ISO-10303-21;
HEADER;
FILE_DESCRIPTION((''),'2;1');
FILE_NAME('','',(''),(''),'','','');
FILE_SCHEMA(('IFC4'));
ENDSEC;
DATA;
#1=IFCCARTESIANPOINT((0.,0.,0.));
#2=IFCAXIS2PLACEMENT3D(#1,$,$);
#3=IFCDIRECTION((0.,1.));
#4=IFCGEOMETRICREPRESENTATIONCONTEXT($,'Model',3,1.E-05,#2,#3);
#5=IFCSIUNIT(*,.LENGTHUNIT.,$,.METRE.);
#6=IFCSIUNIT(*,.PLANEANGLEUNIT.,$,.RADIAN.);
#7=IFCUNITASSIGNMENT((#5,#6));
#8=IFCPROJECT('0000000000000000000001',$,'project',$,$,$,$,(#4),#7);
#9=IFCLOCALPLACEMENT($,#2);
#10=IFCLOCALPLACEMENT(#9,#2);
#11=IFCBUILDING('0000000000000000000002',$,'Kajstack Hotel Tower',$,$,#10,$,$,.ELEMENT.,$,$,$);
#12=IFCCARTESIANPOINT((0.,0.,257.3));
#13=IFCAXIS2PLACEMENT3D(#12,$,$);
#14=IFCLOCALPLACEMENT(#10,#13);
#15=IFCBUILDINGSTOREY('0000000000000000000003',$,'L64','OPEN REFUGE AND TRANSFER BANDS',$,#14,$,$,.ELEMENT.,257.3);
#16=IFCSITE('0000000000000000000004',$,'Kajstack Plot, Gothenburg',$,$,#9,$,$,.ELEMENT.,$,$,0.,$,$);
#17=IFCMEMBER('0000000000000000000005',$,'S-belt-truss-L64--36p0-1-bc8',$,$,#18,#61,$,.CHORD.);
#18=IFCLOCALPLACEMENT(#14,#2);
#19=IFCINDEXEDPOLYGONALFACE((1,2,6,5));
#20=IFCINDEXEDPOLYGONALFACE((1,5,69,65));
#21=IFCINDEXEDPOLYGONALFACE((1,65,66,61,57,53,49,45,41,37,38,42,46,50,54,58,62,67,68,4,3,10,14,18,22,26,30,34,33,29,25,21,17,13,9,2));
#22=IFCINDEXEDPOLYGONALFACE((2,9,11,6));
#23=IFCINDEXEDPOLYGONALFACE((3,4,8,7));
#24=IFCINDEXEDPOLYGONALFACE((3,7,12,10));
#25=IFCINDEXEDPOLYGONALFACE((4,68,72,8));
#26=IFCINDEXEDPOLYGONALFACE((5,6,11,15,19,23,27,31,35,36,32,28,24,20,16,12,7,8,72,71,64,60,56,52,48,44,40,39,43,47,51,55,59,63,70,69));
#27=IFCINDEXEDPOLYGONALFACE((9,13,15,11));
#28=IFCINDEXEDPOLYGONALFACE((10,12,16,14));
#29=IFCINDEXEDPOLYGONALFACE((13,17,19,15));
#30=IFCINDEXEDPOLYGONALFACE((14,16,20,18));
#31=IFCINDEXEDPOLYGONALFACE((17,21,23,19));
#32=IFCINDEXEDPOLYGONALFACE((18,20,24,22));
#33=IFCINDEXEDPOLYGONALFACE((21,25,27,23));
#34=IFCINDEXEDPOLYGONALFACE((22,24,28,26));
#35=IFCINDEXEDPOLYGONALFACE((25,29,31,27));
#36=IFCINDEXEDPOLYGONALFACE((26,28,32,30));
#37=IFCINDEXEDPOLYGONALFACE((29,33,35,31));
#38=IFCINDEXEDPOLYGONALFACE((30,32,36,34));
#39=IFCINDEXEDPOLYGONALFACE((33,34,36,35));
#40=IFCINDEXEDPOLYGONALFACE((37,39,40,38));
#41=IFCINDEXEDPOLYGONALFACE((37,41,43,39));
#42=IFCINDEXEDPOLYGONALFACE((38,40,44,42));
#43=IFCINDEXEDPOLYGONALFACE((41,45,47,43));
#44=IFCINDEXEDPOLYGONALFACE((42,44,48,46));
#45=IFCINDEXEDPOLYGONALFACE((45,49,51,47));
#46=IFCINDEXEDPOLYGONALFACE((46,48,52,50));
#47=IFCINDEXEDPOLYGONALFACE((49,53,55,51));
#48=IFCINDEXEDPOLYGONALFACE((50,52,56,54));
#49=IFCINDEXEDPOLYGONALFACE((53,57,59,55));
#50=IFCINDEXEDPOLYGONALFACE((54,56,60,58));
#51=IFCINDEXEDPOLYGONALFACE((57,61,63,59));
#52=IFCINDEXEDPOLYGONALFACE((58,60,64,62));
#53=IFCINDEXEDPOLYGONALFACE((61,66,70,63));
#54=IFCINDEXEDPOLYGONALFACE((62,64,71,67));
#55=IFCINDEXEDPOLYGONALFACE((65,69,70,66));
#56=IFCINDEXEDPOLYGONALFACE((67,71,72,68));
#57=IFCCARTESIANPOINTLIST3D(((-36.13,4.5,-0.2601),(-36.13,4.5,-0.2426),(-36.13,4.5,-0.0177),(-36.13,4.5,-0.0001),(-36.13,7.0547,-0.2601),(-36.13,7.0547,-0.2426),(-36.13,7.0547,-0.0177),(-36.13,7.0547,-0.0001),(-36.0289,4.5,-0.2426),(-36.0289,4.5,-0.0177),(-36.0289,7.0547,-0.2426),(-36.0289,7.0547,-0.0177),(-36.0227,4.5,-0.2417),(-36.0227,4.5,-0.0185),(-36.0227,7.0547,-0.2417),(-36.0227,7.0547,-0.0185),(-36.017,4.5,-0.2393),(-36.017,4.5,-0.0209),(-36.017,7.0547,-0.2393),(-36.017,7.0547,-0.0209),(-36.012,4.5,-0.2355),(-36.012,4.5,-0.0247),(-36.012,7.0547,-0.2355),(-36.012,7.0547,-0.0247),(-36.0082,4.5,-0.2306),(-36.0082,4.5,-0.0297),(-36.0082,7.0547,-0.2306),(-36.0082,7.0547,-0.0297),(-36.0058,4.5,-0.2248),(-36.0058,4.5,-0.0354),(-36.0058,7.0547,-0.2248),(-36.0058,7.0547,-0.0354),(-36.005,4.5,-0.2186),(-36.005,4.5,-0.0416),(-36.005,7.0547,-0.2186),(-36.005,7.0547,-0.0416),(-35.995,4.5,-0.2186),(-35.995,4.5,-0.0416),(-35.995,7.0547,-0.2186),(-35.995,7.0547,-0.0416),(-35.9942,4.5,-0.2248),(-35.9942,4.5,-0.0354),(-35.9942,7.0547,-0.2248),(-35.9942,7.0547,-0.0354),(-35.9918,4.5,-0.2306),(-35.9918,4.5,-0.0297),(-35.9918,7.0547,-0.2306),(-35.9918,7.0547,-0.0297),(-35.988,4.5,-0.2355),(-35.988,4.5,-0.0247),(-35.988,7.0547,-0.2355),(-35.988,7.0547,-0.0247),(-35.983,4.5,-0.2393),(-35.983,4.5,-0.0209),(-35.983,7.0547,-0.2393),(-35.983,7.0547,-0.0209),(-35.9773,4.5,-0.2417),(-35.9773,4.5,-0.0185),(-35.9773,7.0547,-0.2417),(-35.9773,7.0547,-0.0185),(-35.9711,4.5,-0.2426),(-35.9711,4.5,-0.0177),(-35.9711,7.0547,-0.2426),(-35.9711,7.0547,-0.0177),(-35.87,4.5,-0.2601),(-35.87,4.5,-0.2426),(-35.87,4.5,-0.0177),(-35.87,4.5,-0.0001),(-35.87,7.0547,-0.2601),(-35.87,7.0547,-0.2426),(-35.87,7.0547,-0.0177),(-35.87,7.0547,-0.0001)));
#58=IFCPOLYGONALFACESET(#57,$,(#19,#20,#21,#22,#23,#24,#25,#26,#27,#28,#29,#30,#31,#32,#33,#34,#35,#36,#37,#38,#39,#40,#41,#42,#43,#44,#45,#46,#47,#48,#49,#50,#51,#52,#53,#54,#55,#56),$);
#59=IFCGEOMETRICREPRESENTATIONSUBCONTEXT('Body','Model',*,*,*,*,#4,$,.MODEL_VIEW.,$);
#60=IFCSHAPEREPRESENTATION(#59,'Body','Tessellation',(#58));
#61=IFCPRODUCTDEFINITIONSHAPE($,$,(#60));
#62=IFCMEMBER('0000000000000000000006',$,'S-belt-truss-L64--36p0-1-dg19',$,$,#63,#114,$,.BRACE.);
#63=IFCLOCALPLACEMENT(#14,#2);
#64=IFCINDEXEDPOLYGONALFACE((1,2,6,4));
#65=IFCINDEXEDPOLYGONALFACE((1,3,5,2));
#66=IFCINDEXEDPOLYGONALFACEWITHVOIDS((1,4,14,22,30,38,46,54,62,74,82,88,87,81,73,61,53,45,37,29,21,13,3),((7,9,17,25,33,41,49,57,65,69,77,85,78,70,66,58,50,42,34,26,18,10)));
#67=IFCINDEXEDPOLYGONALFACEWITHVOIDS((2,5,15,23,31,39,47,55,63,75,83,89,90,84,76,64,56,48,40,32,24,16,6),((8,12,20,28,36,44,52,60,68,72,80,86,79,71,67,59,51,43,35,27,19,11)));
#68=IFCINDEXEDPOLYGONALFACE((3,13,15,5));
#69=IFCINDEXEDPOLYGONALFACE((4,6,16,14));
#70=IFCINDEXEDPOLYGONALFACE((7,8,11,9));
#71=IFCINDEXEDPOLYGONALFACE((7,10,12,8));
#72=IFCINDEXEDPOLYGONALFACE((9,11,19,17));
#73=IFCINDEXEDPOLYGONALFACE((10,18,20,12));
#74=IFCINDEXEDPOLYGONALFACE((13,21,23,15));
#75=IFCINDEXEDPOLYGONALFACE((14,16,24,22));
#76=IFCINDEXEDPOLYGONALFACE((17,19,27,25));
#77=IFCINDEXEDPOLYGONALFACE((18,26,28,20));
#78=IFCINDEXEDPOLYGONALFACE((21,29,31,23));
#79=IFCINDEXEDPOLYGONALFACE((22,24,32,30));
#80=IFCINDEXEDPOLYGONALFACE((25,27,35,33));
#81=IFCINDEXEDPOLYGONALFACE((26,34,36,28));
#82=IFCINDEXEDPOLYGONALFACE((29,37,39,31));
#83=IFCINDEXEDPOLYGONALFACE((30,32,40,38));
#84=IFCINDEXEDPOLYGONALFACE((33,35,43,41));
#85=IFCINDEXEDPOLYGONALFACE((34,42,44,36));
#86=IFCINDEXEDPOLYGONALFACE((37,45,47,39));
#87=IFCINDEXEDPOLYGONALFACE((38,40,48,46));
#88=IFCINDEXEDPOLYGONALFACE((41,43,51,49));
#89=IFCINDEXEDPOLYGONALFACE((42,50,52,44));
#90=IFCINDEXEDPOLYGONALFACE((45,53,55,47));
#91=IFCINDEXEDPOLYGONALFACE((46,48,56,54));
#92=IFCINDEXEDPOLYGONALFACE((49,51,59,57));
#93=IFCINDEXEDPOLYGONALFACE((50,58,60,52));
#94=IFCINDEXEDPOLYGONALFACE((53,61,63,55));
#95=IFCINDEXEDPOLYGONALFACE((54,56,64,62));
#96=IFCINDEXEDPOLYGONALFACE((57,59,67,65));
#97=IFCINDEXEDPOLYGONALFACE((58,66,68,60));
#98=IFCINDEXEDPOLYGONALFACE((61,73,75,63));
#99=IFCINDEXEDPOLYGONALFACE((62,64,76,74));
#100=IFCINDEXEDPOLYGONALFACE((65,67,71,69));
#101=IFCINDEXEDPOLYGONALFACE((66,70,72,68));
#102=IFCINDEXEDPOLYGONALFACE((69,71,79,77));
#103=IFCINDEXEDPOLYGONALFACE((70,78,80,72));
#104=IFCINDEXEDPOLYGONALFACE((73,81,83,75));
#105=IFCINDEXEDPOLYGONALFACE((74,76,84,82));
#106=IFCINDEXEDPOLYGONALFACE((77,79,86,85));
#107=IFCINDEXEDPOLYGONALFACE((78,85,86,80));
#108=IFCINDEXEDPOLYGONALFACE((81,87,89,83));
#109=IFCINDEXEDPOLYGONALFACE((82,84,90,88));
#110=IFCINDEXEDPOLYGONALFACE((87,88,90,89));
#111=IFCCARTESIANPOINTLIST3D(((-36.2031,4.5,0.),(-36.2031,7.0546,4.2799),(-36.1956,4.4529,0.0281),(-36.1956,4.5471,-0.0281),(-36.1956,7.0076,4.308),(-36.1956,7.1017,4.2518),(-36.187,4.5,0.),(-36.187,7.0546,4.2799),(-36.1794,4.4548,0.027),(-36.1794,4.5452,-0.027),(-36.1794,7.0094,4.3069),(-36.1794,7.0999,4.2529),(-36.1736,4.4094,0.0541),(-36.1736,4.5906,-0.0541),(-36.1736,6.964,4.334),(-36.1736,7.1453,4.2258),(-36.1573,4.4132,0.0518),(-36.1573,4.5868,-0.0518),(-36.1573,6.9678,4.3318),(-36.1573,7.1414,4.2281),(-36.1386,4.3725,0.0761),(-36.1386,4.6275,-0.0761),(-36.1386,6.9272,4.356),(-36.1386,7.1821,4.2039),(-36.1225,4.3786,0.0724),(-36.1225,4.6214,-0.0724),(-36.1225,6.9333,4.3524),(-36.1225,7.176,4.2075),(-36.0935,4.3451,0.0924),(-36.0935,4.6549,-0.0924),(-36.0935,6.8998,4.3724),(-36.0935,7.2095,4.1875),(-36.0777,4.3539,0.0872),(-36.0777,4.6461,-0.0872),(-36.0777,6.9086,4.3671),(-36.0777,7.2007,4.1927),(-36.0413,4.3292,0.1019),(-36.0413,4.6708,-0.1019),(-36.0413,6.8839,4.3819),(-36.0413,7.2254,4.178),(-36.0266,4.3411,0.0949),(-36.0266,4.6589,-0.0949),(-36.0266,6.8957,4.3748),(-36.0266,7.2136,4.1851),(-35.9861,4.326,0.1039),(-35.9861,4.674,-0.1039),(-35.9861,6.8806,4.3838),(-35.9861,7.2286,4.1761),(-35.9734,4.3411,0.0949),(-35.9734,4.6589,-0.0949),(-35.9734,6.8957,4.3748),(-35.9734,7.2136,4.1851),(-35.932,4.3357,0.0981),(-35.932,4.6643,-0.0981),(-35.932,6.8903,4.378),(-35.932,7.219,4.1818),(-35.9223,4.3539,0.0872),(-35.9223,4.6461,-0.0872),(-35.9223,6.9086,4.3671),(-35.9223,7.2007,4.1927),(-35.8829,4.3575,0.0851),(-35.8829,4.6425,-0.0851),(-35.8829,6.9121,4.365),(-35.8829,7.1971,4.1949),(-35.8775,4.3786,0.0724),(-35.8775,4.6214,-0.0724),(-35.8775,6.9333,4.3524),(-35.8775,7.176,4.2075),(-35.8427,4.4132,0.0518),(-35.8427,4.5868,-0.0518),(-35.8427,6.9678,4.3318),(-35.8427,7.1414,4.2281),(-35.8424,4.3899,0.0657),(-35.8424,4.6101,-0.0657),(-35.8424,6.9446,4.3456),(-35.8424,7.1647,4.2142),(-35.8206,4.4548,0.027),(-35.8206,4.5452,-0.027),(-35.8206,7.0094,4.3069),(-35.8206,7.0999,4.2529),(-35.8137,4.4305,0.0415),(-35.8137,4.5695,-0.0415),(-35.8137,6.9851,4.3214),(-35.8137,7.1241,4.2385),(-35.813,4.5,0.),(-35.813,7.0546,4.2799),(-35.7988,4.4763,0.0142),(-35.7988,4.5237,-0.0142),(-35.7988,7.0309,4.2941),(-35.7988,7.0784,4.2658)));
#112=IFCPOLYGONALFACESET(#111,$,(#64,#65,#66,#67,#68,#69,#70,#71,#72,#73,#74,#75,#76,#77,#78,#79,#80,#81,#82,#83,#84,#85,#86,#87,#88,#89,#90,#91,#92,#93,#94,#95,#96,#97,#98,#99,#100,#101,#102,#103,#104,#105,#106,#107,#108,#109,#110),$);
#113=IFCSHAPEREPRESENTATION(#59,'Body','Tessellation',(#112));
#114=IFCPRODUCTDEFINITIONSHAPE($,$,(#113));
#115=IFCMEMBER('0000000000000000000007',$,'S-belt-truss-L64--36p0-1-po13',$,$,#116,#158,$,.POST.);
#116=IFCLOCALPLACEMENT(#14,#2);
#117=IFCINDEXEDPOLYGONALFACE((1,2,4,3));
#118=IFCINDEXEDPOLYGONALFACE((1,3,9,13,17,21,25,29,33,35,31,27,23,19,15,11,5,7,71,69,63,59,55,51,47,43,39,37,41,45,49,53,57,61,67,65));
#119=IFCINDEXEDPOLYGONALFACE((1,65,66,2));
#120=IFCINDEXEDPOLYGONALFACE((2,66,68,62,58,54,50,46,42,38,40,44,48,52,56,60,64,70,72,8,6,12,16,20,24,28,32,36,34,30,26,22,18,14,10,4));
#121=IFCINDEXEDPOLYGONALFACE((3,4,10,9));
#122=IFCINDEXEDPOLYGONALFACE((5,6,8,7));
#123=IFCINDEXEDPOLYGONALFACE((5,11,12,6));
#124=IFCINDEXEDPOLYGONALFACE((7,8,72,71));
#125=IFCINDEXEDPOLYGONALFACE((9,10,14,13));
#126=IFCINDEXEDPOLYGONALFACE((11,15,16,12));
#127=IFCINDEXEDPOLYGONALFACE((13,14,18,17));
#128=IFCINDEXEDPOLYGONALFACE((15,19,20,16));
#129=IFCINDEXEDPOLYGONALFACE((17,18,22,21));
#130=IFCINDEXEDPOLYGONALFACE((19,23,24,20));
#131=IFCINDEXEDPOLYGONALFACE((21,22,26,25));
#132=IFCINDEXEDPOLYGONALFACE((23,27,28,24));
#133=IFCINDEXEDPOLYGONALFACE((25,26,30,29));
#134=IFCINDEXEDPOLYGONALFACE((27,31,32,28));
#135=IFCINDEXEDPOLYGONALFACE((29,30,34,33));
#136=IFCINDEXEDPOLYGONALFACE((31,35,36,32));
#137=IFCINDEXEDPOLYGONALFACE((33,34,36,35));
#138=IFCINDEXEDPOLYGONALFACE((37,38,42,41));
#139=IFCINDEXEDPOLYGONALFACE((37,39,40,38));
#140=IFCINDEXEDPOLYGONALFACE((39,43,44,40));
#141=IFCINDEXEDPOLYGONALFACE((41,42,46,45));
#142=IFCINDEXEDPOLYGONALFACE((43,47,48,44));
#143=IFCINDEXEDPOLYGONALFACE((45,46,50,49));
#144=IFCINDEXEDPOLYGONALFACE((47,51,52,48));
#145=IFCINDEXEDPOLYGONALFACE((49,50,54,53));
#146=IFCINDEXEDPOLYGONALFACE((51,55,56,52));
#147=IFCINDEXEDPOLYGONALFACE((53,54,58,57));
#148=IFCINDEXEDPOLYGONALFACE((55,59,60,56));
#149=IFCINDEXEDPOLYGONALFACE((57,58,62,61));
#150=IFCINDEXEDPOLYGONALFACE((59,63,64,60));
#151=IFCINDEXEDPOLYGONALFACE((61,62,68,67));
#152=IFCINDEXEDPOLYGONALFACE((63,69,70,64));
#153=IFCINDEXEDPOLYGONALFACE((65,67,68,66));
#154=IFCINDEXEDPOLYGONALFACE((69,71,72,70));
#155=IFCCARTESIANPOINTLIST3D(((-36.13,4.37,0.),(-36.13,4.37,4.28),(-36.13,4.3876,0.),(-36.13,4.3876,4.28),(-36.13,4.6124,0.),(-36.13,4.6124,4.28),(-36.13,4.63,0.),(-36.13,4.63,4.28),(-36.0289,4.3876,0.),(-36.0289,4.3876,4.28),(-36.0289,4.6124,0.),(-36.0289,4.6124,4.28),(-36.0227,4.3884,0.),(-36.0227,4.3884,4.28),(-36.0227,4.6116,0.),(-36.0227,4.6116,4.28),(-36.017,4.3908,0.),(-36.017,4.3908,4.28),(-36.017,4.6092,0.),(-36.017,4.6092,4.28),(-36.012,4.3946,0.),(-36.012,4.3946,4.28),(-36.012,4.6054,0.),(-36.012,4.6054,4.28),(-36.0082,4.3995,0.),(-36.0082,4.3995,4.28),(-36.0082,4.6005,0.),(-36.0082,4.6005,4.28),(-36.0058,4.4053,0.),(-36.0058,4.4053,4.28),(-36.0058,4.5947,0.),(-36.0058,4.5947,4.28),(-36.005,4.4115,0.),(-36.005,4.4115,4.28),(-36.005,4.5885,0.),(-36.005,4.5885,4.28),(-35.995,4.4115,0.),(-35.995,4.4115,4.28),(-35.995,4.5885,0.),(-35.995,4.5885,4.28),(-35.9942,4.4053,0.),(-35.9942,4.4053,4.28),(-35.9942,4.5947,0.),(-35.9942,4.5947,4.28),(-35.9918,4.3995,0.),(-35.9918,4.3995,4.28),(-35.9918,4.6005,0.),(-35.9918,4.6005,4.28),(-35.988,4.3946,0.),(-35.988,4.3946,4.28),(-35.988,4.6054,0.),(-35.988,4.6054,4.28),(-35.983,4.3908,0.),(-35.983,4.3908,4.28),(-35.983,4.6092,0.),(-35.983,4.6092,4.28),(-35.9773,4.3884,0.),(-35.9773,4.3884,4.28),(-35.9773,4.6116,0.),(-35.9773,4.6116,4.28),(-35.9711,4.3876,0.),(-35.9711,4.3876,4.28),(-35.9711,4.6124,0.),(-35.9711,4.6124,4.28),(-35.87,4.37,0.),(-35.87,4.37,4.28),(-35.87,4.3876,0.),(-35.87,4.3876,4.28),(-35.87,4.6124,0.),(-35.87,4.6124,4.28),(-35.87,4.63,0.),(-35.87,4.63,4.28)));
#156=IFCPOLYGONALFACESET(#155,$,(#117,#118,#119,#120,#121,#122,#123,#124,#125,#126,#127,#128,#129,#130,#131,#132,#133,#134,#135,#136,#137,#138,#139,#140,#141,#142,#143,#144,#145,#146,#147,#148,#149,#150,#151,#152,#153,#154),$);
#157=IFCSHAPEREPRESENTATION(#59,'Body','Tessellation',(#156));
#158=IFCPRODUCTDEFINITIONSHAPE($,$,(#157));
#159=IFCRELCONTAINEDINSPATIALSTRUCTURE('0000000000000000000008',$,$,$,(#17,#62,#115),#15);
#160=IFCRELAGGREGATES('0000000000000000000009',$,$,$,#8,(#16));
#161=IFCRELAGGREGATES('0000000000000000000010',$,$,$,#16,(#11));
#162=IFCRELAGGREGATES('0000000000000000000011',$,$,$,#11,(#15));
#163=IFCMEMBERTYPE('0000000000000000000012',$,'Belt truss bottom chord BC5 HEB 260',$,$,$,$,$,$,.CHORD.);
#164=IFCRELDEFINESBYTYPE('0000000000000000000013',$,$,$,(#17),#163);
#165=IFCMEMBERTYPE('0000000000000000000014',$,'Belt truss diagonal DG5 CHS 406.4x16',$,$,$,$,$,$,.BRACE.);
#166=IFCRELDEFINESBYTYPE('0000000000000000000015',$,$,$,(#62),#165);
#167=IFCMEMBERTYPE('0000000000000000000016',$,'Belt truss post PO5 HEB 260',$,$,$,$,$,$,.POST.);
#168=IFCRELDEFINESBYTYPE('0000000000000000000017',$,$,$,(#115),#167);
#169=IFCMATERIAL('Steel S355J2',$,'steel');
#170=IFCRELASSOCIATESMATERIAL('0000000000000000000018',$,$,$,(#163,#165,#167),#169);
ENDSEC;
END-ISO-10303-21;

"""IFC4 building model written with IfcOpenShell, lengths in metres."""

from ifc_helpers import new_model, si_unit, direction, frame, origin, origin_2d, place, context, subcontext, project, spatial, hollow_circle, i_section, extrude, material, material_profile, profile_set, type_object, element, save


model = new_model("IFC4")

# Units and contexts
model_context = context("Model", 3, precision=1e-05, world=origin(), true_north=direction((0.0, 1.0)))
body_context = subcontext(model_context, "Body", "Model", "MODEL_VIEW")
ifc_project = project(units=[si_unit("LENGTHUNIT", "METRE"), si_unit("PLANEANGLEUNIT", "RADIAN")], contexts=[model_context])

# Site, building, storey
site_placement = place(None, origin())
site = spatial("IfcSite", under=ifc_project, at=site_placement, Name="Kajstack Plot, Gothenburg", CompositionType="ELEMENT", RefElevation=0.0)
building_placement = place(site_placement, origin())
building = spatial("IfcBuilding", under=site, at=building_placement, Name="Kajstack Hotel Tower", CompositionType="ELEMENT")
storey_placement = place(building_placement, frame((0.0, 0.0, 257.3)))
storey = spatial("IfcBuildingStorey", under=building, at=storey_placement, Name="L64", Description="OPEN REFUGE AND TRANSFER BANDS", CompositionType="ELEMENT", Elevation=257.3)

# Members
ifc_material_1 = material(Name="Steel S355J2", Category="steel")
ifc_material_profile_1 = material_profile(ifc_material_1, i_section(OverallWidth=0.26, OverallDepth=0.26, WebThickness=0.01, FlangeThickness=0.0176, FilletRadius=0.0239, at=origin_2d()), Name="HEB 260")
ifc_profile_set_1 = profile_set([ifc_material_profile_1], Name="Steel S355J2")
member_type_1 = type_object("IfcMemberType", Name="Belt truss bottom chord BC5 HEB 260", PredefinedType="CHORD", material=ifc_profile_set_1)
member_1_placement = place(storey_placement, frame((-36.0, 4.5, -0.1301), z_axis=(0.0, 1.0, 0.0), x_axis=(-1.0, 0.0, 0.0)))
element("IfcMember", 1, at=member_1_placement, inside=storey, type_object=member_type_1, Name="S-belt-truss-L64--36p0-1-bc8", PredefinedType="CHORD", context=body_context, shape_type="SweptSolid", body=[
    extrude(i_section(OverallWidth=0.26, OverallDepth=0.26, WebThickness=0.01, FlangeThickness=0.0176, FilletRadius=0.0239, at=origin_2d()), origin(), (0.0, 0.0, 1.0), 2.5547),
])
ifc_material_profile_2 = material_profile(ifc_material_1, hollow_circle(Radius=0.2031, WallThickness=0.0161, at=origin_2d()), Name="CHS 406.4x16")
ifc_profile_set_2 = profile_set([ifc_material_profile_2], Name="Steel S355J2")
member_type_2 = type_object("IfcMemberType", Name="Belt truss diagonal DG5 CHS 406.4x16", PredefinedType="BRACE", material=ifc_profile_set_2)
member_2_placement = place(storey_placement, frame((-36.0, 4.5, 0.0), z_axis=(0.0, 0.512528, 0.858671), x_axis=(-1.0, 0.0, 0.0)))
element("IfcMember", 2, at=member_2_placement, inside=storey, type_object=member_type_2, Name="S-belt-truss-L64--36p0-1-dg19", PredefinedType="BRACE", context=body_context, shape_type="SweptSolid", body=[
    extrude(hollow_circle(Radius=0.2031, WallThickness=0.0161, at=origin_2d()), origin(), (0.0, 0.0, 1.0), 4.9844),
])
ifc_material_profile_3 = material_profile(ifc_material_1, i_section(OverallWidth=0.26, OverallDepth=0.26, WebThickness=0.01, FlangeThickness=0.0176, FilletRadius=0.0239, at=origin_2d()), Name="HEB 260")
ifc_profile_set_3 = profile_set([ifc_material_profile_3], Name="Steel S355J2")
member_type_3 = type_object("IfcMemberType", Name="Belt truss post PO5 HEB 260", PredefinedType="POST", material=ifc_profile_set_3)
member_3_placement = place(storey_placement, frame((-36.0, 4.5, 0.0), z_axis=(0.0, 0.0, 1.0), x_axis=(1.0, 0.0, 0.0)))
element("IfcMember", 3, at=member_3_placement, inside=storey, type_object=member_type_3, Name="S-belt-truss-L64--36p0-1-po13", PredefinedType="POST", context=body_context, shape_type="SweptSolid", body=[
    extrude(i_section(OverallWidth=0.26, OverallDepth=0.26, WebThickness=0.01, FlangeThickness=0.0176, FilletRadius=0.0239, at=origin_2d()), origin(), (0.0, 0.0, 1.0), 4.28),
])

save(model, "model.ifc")
